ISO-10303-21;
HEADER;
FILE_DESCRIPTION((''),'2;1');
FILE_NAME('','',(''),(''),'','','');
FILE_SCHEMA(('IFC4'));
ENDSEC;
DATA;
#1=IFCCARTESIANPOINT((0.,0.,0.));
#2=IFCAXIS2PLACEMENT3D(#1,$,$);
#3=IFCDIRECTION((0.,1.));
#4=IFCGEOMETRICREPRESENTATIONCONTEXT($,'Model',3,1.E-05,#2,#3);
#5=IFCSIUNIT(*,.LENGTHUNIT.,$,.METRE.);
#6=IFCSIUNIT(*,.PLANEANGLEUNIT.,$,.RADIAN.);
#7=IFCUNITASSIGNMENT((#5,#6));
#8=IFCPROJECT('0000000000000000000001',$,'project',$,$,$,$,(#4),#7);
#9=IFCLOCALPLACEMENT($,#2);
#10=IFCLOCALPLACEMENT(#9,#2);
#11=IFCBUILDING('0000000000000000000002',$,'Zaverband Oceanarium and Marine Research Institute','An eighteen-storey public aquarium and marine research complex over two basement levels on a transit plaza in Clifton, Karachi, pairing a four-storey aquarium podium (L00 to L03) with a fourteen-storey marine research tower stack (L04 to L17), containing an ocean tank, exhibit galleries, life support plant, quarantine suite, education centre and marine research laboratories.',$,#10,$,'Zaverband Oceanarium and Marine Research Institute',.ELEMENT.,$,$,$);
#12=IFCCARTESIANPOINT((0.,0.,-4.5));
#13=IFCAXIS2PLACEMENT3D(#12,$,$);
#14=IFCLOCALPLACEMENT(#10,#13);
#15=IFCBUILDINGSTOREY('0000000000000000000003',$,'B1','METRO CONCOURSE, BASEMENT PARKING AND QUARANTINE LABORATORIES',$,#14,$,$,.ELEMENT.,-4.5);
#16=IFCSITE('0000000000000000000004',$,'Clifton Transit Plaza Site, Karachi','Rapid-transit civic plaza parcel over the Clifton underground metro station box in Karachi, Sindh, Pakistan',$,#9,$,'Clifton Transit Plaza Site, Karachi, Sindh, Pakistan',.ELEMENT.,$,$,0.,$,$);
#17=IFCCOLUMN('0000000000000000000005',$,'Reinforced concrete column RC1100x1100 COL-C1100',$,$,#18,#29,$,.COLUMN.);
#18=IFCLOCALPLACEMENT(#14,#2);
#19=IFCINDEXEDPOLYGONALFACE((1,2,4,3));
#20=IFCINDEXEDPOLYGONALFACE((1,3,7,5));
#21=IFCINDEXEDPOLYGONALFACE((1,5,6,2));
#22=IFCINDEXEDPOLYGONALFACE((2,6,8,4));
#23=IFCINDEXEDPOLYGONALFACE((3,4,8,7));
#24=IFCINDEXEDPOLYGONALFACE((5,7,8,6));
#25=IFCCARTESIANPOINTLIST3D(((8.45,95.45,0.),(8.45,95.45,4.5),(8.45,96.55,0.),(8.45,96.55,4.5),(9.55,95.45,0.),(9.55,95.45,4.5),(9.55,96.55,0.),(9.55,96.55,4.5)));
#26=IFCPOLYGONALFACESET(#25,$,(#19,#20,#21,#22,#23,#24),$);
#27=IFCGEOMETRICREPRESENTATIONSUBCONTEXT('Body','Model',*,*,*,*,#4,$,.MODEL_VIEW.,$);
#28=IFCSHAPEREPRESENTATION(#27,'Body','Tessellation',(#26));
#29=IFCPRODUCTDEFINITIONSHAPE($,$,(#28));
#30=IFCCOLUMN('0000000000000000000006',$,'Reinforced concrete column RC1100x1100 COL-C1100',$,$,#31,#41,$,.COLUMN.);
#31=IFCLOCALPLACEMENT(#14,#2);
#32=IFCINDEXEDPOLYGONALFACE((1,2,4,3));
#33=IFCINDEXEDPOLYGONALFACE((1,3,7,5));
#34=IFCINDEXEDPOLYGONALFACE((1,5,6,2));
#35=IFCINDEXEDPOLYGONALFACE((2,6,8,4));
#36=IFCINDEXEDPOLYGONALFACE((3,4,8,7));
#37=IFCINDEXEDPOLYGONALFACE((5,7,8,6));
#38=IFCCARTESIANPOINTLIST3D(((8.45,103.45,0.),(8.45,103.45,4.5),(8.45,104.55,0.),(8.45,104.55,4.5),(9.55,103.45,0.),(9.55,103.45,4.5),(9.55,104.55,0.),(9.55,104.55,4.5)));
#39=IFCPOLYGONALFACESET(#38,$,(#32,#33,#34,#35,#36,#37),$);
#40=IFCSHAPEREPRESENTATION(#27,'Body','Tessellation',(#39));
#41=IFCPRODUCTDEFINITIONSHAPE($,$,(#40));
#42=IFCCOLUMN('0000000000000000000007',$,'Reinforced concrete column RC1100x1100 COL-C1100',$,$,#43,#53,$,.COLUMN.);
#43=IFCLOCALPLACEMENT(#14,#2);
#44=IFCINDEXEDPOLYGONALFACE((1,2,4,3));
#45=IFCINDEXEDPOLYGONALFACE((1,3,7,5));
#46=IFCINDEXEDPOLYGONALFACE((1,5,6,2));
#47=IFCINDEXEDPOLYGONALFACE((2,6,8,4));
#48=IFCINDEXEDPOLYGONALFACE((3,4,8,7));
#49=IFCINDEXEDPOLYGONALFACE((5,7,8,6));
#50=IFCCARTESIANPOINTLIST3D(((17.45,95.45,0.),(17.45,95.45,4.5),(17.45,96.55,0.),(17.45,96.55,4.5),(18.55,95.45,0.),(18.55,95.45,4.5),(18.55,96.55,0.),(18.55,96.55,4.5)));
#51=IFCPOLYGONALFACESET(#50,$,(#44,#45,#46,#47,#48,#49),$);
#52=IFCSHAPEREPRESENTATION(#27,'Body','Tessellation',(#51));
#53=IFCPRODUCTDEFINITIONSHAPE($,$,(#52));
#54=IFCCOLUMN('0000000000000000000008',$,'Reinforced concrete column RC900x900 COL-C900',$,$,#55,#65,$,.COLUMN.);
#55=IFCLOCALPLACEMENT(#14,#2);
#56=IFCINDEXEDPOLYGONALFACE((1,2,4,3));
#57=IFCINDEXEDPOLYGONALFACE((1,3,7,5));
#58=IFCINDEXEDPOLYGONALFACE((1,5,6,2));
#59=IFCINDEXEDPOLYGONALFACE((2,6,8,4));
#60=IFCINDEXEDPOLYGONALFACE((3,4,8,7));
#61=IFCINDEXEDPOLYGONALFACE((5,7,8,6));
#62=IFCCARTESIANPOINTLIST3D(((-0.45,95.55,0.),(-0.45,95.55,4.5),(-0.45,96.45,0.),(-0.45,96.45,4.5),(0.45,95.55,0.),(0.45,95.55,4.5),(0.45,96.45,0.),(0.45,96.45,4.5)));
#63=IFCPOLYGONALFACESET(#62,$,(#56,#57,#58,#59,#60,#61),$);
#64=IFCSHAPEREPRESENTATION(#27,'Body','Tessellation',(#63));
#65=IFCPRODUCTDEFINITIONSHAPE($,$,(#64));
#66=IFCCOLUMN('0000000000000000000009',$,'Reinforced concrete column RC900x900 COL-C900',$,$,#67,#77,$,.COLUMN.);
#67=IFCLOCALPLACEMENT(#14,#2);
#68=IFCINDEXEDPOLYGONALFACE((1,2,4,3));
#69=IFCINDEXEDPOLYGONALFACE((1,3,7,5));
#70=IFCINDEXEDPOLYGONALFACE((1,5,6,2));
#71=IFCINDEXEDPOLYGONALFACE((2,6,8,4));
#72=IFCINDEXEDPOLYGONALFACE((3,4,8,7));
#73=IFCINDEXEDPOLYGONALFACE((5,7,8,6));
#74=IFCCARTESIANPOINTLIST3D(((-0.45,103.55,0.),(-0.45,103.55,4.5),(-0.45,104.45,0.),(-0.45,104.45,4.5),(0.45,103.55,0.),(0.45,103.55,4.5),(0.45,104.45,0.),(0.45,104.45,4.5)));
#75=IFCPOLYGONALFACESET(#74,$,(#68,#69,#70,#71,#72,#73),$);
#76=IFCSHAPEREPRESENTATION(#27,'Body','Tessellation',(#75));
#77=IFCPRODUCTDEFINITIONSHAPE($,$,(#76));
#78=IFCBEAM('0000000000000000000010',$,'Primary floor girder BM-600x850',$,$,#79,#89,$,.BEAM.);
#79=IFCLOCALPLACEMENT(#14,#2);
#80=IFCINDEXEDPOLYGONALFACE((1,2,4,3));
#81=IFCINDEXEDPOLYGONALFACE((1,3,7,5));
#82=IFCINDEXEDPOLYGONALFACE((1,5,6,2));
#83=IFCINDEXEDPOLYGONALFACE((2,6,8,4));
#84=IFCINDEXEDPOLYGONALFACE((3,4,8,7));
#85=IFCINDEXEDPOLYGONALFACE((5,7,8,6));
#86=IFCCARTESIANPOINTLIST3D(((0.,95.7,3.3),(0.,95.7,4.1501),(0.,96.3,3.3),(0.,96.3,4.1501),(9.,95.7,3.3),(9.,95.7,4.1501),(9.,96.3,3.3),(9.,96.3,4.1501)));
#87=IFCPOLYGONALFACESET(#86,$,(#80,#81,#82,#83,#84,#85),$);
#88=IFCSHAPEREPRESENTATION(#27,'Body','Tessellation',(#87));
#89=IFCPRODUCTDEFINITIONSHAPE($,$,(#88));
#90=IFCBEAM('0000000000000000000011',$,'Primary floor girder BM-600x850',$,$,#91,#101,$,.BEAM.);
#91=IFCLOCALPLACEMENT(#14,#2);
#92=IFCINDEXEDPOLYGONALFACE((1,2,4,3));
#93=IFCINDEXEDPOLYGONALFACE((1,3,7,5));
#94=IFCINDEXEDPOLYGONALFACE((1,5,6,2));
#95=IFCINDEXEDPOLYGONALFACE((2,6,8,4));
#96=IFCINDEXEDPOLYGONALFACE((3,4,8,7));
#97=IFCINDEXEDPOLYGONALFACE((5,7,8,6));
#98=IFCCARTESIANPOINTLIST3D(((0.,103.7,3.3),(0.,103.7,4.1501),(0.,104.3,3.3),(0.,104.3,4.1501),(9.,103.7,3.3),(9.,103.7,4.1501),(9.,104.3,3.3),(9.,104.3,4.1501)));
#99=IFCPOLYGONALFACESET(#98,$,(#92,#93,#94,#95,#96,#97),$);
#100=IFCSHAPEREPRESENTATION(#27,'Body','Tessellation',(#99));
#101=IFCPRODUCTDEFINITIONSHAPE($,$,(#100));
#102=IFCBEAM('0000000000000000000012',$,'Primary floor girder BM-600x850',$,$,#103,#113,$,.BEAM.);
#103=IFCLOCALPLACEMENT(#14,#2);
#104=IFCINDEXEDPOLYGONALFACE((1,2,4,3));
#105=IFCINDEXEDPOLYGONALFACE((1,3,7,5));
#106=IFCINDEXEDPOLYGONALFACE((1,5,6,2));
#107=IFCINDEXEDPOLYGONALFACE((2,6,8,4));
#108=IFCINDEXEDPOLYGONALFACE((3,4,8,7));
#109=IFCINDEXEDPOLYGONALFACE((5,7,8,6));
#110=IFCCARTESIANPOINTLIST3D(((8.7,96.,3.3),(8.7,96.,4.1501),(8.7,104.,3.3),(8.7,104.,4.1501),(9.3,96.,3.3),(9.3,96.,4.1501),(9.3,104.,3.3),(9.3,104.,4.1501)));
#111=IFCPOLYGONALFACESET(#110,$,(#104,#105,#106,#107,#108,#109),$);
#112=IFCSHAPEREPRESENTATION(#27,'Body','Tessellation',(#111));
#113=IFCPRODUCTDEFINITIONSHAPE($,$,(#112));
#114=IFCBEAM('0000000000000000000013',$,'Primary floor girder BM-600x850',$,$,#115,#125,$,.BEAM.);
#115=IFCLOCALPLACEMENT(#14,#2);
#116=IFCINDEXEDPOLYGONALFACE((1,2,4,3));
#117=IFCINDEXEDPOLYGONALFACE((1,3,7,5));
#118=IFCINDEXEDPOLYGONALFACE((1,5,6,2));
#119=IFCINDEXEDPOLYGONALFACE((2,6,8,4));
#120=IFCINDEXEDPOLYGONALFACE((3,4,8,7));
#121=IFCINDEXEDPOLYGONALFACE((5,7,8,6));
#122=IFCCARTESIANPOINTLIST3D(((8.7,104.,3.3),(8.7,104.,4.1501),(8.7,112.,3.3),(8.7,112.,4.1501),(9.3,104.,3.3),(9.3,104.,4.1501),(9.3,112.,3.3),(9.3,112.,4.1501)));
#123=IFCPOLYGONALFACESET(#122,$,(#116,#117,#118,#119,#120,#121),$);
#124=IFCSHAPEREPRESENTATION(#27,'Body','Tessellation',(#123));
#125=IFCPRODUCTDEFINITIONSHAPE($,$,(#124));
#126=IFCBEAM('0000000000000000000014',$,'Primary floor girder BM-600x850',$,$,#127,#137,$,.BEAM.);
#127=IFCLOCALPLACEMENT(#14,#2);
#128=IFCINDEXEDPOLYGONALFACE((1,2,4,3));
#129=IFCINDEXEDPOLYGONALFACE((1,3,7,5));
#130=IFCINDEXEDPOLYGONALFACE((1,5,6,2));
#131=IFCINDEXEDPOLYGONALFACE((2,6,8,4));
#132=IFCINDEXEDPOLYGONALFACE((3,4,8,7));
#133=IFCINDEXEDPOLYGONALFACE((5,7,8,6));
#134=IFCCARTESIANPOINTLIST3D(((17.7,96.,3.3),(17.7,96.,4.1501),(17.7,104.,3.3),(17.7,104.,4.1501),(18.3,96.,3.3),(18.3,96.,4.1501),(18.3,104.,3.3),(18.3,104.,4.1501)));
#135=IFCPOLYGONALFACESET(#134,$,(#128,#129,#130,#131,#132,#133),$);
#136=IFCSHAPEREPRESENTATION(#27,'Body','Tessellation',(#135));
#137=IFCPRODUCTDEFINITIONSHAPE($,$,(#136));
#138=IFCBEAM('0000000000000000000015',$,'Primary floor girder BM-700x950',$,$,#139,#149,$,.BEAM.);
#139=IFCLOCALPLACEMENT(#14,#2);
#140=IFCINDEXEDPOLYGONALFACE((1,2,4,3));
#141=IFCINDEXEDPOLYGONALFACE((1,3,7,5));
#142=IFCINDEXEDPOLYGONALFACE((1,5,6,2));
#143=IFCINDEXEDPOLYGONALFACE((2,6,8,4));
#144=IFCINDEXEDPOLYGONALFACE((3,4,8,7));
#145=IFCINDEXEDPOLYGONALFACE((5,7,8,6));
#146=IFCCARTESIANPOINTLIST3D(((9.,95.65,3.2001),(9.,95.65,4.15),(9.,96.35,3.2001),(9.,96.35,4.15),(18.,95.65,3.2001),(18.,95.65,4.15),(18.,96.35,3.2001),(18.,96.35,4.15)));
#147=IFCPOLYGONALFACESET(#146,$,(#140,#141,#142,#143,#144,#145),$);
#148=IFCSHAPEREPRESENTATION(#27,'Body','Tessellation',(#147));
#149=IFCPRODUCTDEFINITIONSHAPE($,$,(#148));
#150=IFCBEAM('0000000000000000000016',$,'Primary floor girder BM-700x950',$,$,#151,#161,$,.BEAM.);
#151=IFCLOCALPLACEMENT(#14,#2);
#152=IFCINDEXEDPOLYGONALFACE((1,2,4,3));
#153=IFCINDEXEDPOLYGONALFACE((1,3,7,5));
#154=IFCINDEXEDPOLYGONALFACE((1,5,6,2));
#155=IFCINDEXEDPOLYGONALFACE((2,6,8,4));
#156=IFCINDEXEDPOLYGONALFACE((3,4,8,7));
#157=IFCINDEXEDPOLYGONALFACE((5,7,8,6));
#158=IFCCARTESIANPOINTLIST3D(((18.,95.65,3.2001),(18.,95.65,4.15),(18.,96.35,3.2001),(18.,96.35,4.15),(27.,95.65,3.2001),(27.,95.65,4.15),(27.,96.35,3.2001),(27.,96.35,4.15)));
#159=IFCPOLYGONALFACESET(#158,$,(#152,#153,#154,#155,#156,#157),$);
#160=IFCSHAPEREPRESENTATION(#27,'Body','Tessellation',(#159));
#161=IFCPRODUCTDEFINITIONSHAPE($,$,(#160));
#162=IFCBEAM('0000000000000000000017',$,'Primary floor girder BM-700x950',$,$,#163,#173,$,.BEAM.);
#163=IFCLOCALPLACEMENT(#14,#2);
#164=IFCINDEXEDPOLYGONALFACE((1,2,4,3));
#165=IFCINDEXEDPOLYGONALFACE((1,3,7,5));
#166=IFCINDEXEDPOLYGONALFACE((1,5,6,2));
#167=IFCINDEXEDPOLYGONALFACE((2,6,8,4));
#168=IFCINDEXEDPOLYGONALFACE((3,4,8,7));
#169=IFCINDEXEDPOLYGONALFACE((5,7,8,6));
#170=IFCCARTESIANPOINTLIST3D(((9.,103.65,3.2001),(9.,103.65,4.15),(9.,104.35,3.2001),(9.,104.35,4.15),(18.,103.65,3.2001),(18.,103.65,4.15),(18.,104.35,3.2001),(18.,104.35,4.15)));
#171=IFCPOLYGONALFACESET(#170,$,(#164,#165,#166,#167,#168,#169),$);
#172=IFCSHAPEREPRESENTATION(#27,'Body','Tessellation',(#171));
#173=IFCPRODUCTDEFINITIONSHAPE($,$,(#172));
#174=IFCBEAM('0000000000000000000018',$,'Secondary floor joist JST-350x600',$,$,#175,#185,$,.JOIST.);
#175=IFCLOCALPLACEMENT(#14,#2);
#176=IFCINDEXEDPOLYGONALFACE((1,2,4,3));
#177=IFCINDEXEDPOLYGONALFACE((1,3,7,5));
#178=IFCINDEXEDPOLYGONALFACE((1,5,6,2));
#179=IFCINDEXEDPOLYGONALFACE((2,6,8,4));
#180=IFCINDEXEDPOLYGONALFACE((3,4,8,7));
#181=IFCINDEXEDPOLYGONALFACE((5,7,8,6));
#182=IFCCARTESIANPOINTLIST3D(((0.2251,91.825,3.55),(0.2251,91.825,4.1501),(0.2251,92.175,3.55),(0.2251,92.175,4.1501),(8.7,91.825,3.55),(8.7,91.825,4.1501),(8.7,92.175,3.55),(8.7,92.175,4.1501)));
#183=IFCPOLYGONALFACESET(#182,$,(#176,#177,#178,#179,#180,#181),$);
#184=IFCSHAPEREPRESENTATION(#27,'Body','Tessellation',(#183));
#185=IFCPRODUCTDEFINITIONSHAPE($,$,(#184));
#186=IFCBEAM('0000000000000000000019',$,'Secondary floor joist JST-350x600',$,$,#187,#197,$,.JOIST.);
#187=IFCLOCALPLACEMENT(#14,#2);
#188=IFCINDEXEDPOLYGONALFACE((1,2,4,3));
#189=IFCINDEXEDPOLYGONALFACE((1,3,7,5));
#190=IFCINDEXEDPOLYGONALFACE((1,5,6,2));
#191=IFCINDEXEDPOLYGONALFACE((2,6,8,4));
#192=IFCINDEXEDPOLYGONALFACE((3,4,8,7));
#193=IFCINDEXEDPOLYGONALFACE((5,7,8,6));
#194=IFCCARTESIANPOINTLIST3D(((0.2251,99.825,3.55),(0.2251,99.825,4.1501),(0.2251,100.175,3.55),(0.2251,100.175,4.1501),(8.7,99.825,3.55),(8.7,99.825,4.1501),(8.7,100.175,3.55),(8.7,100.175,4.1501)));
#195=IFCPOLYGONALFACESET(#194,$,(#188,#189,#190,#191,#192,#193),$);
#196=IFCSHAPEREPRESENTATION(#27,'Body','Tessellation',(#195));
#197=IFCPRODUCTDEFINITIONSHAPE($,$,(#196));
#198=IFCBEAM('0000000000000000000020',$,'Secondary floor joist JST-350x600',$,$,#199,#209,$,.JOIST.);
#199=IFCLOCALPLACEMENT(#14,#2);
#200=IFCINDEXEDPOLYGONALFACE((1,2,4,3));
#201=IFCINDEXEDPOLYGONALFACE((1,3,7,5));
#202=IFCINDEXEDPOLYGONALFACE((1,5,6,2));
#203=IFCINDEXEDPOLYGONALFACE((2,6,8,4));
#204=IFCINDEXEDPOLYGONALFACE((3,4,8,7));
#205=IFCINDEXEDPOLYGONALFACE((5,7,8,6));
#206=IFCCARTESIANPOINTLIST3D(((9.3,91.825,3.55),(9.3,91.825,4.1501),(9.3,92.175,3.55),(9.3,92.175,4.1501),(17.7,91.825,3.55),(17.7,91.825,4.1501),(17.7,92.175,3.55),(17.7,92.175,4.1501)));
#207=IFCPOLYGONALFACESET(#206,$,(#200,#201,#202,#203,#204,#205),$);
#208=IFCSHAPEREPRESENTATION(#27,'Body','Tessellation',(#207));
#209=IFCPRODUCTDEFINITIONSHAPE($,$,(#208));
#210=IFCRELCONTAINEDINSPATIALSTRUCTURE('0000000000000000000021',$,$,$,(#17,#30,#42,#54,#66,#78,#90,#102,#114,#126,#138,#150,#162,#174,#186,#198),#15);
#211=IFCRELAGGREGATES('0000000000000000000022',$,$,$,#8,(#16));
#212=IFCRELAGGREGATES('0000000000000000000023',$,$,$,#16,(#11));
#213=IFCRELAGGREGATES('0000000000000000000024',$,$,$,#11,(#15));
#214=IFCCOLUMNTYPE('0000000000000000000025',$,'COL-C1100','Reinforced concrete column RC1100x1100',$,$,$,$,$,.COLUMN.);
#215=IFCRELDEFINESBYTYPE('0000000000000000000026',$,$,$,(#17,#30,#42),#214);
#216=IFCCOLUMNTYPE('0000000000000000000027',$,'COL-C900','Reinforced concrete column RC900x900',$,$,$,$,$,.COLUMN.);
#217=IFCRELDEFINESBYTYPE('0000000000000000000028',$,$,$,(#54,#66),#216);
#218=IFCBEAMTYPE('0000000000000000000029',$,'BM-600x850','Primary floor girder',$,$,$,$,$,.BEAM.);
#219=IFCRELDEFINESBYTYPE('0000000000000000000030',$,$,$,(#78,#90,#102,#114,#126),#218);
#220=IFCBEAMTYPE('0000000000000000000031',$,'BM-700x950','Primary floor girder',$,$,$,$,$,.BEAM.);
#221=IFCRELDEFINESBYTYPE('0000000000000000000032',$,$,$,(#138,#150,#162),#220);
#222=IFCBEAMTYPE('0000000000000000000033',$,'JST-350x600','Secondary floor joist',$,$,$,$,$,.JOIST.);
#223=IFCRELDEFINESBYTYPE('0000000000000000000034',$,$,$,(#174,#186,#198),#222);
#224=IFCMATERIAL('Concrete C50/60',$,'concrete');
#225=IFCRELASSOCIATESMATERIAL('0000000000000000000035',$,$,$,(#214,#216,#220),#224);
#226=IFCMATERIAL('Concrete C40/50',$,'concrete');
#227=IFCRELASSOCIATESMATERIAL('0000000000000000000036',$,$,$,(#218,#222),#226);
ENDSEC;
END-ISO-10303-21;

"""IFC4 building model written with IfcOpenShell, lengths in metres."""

from ifc_helpers import new_model, si_unit, direction, frame, origin, origin_2d, place, context, subcontext, project, spatial, rectangle, extrude, material, material_profile, profile_set, type_object, element, save


model = new_model("IFC4")

# Units and contexts
model_context = context("Model", 3, precision=1e-05, world=origin(), true_north=direction((0.0, 1.0)))
body_context = subcontext(model_context, "Body", "Model", "MODEL_VIEW")
ifc_project = project(units=[si_unit("LENGTHUNIT", "METRE"), si_unit("PLANEANGLEUNIT", "RADIAN")], contexts=[model_context])

# Site, building, storey
site_placement = place(None, origin())
site = spatial("IfcSite", under=ifc_project, at=site_placement, Name="Clifton Transit Plaza Site, Karachi", Description="Rapid-transit civic plaza parcel over the Clifton underground metro station box in Karachi, Sindh, Pakistan", LongName="Clifton Transit Plaza Site, Karachi, Sindh, Pakistan", CompositionType="ELEMENT", RefElevation=0.0)
building_placement = place(site_placement, origin())
building = spatial("IfcBuilding", under=site, at=building_placement, Name="Zaverband Oceanarium and Marine Research Institute", Description="An eighteen-storey public aquarium and marine research complex over two basement levels on a transit plaza in Clifton, Karachi, pairing a four-storey aquarium podium (L00 to L03) with a fourteen-storey marine research tower stack (L04 to L17), containing an ocean tank, exhibit galleries, life support plant, quarantine suite, education centre and marine research laboratories.", LongName="Zaverband Oceanarium and Marine Research Institute", CompositionType="ELEMENT")
storey_placement = place(building_placement, frame((0.0, 0.0, -4.5)))
storey = spatial("IfcBuildingStorey", under=building, at=storey_placement, Name="B1", Description="METRO CONCOURSE, BASEMENT PARKING AND QUARANTINE LABORATORIES", CompositionType="ELEMENT", Elevation=-4.5)

# Columns
ifc_material_1 = material(Name="Concrete C50/60", Category="concrete")
ifc_material_profile_1 = material_profile(ifc_material_1, rectangle(XDim=1.1001, YDim=1.1001, at=origin_2d()), Name="RC1100x1100")
ifc_profile_set_1 = profile_set([ifc_material_profile_1], Name="Concrete C50/60")
column_type_1 = type_object("IfcColumnType", Name="COL-C1100", Description="Reinforced concrete column RC1100x1100", PredefinedType="COLUMN", material=ifc_profile_set_1)
for number, where, z_axis, x_axis, name in (
    (1, (9.0, 96.0, 0.0), (0.0, 0.0, 1.0), (1.0, 0.0, 0.0), "Reinforced concrete column RC1100x1100 COL-C1100"),
    (2, (9.0, 104.0, 0.0), (0.0, 0.0, 1.0), (1.0, 0.0, 0.0), "Reinforced concrete column RC1100x1100 COL-C1100"),
    (3, (18.0, 96.0, 0.0), (0.0, 0.0, 1.0), (1.0, 0.0, 0.0), "Reinforced concrete column RC1100x1100 COL-C1100"),
):
    element("IfcColumn", number, at=place(storey_placement, frame(where, z_axis=z_axis, x_axis=x_axis)), inside=storey, type_object=column_type_1, Name=name, PredefinedType="COLUMN", context=body_context, shape_type="SweptSolid", body=[
        extrude(rectangle(XDim=1.1001, YDim=1.1001, at=origin_2d()), origin(), (0.0, 0.0, 1.0), 4.5),
    ])
ifc_material_profile_2 = material_profile(ifc_material_1, rectangle(XDim=0.8999, YDim=0.8999, at=origin_2d()), Name="RC900x900")
ifc_profile_set_2 = profile_set([ifc_material_profile_2], Name="Concrete C50/60")
column_type_2 = type_object("IfcColumnType", Name="COL-C900", Description="Reinforced concrete column RC900x900", PredefinedType="COLUMN", material=ifc_profile_set_2)
for number, where, z_axis, x_axis, name in (
    (4, (0.0, 96.0, 0.0), (0.0, 0.0, 1.0), (1.0, 0.0, 0.0), "Reinforced concrete column RC900x900 COL-C900"),
    (5, (0.0, 104.0, 0.0), (0.0, 0.0, 1.0), (1.0, 0.0, 0.0), "Reinforced concrete column RC900x900 COL-C900"),
):
    element("IfcColumn", number, at=place(storey_placement, frame(where, z_axis=z_axis, x_axis=x_axis)), inside=storey, type_object=column_type_2, Name=name, PredefinedType="COLUMN", context=body_context, shape_type="SweptSolid", body=[
        extrude(rectangle(XDim=0.8999, YDim=0.8999, at=origin_2d()), origin(), (0.0, 0.0, 1.0), 4.5),
    ])

# Beams
ifc_material_2 = material(Name="Concrete C40/50", Category="concrete")
ifc_material_profile_3 = material_profile(ifc_material_2, rectangle(XDim=0.6001, YDim=0.8501, at=origin_2d()), Name="RC600x850")
ifc_profile_set_3 = profile_set([ifc_material_profile_3], Name="Concrete C40/50")
beam_type_1 = type_object("IfcBeamType", Name="BM-600x850", Description="Primary floor girder", PredefinedType="BEAM", material=ifc_profile_set_3)
for number, where, z_axis, x_axis, name in (
    (6, (0.0, 96.0, 3.7251), (1.0, 0.0, 0.0), (0.0, 1.0, 0.0), "Primary floor girder BM-600x850"),
    (7, (0.0, 104.0, 3.7251), (1.0, 0.0, 0.0), (0.0, 1.0, 0.0), "Primary floor girder BM-600x850"),
):
    element("IfcBeam", number, at=place(storey_placement, frame(where, z_axis=z_axis, x_axis=x_axis)), inside=storey, type_object=beam_type_1, Name=name, PredefinedType="BEAM", context=body_context, shape_type="SweptSolid", body=[
        extrude(rectangle(XDim=0.6001, YDim=0.8501, at=origin_2d()), origin(), (0.0, 0.0, 1.0), 9.0),
    ])
for number, where, z_axis, x_axis, name in (
    (8, (9.0, 96.0, 3.7251), (0.0, 1.0, 0.0), (-1.0, 0.0, 0.0), "Primary floor girder BM-600x850"),
    (9, (9.0, 104.0, 3.7251), (0.0, 1.0, 0.0), (-1.0, 0.0, 0.0), "Primary floor girder BM-600x850"),
    (10, (18.0, 96.0, 3.7251), (0.0, 1.0, 0.0), (-1.0, 0.0, 0.0), "Primary floor girder BM-600x850"),
):
    element("IfcBeam", number, at=place(storey_placement, frame(where, z_axis=z_axis, x_axis=x_axis)), inside=storey, type_object=beam_type_1, Name=name, PredefinedType="BEAM", context=body_context, shape_type="SweptSolid", body=[
        extrude(rectangle(XDim=0.6001, YDim=0.8501, at=origin_2d()), origin(), (0.0, 0.0, 1.0), 8.0),
    ])
ifc_material_profile_4 = material_profile(ifc_material_1, rectangle(XDim=0.7, YDim=0.95, at=origin_2d()), Name="RC700x950")
ifc_profile_set_4 = profile_set([ifc_material_profile_4], Name="Concrete C50/60")
beam_type_2 = type_object("IfcBeamType", Name="BM-700x950", Description="Primary floor girder", PredefinedType="BEAM", material=ifc_profile_set_4)
for number, where, z_axis, x_axis, name in (
    (11, (9.0, 96.0, 3.675), (1.0, 0.0, 0.0), (0.0, 1.0, 0.0), "Primary floor girder BM-700x950"),
    (12, (18.0, 96.0, 3.675), (1.0, 0.0, 0.0), (0.0, 1.0, 0.0), "Primary floor girder BM-700x950"),
    (13, (9.0, 104.0, 3.675), (1.0, 0.0, 0.0), (0.0, 1.0, 0.0), "Primary floor girder BM-700x950"),
):
    element("IfcBeam", number, at=place(storey_placement, frame(where, z_axis=z_axis, x_axis=x_axis)), inside=storey, type_object=beam_type_2, Name=name, PredefinedType="BEAM", context=body_context, shape_type="SweptSolid", body=[
        extrude(rectangle(XDim=0.7, YDim=0.95, at=origin_2d()), origin(), (0.0, 0.0, 1.0), 9.0),
    ])
ifc_material_profile_5 = material_profile(ifc_material_2, rectangle(XDim=0.3501, YDim=0.6001, at=origin_2d()), Name="RC350x600")
ifc_profile_set_5 = profile_set([ifc_material_profile_5], Name="Concrete C40/50")
beam_type_3 = type_object("IfcBeamType", Name="JST-350x600", Description="Secondary floor joist", PredefinedType="JOIST", material=ifc_profile_set_5)
for number, where, z_axis, x_axis, name in (
    (14, (0.2251, 92.0, 3.8501), (1.0, 0.0, 0.0), (0.0, 1.0, 0.0), "Secondary floor joist JST-350x600"),
    (15, (0.2251, 100.0, 3.8501), (1.0, 0.0, 0.0), (0.0, 1.0, 0.0), "Secondary floor joist JST-350x600"),
):
    element("IfcBeam", number, at=place(storey_placement, frame(where, z_axis=z_axis, x_axis=x_axis)), inside=storey, type_object=beam_type_3, Name=name, PredefinedType="JOIST", context=body_context, shape_type="SweptSolid", body=[
        extrude(rectangle(XDim=0.3501, YDim=0.6001, at=origin_2d()), origin(), (0.0, 0.0, 1.0), 8.4749),
    ])
for number, where, z_axis, x_axis, name in (
    (16, (9.3, 92.0, 3.8501), (1.0, 0.0, 0.0), (0.0, 1.0, 0.0), "Secondary floor joist JST-350x600"),
):
    element("IfcBeam", number, at=place(storey_placement, frame(where, z_axis=z_axis, x_axis=x_axis)), inside=storey, type_object=beam_type_3, Name=name, PredefinedType="JOIST", context=body_context, shape_type="SweptSolid", body=[
        extrude(rectangle(XDim=0.3501, YDim=0.6001, at=origin_2d()), origin(), (0.0, 0.0, 1.0), 8.3999),
    ])

save(model, "model.ifc")
